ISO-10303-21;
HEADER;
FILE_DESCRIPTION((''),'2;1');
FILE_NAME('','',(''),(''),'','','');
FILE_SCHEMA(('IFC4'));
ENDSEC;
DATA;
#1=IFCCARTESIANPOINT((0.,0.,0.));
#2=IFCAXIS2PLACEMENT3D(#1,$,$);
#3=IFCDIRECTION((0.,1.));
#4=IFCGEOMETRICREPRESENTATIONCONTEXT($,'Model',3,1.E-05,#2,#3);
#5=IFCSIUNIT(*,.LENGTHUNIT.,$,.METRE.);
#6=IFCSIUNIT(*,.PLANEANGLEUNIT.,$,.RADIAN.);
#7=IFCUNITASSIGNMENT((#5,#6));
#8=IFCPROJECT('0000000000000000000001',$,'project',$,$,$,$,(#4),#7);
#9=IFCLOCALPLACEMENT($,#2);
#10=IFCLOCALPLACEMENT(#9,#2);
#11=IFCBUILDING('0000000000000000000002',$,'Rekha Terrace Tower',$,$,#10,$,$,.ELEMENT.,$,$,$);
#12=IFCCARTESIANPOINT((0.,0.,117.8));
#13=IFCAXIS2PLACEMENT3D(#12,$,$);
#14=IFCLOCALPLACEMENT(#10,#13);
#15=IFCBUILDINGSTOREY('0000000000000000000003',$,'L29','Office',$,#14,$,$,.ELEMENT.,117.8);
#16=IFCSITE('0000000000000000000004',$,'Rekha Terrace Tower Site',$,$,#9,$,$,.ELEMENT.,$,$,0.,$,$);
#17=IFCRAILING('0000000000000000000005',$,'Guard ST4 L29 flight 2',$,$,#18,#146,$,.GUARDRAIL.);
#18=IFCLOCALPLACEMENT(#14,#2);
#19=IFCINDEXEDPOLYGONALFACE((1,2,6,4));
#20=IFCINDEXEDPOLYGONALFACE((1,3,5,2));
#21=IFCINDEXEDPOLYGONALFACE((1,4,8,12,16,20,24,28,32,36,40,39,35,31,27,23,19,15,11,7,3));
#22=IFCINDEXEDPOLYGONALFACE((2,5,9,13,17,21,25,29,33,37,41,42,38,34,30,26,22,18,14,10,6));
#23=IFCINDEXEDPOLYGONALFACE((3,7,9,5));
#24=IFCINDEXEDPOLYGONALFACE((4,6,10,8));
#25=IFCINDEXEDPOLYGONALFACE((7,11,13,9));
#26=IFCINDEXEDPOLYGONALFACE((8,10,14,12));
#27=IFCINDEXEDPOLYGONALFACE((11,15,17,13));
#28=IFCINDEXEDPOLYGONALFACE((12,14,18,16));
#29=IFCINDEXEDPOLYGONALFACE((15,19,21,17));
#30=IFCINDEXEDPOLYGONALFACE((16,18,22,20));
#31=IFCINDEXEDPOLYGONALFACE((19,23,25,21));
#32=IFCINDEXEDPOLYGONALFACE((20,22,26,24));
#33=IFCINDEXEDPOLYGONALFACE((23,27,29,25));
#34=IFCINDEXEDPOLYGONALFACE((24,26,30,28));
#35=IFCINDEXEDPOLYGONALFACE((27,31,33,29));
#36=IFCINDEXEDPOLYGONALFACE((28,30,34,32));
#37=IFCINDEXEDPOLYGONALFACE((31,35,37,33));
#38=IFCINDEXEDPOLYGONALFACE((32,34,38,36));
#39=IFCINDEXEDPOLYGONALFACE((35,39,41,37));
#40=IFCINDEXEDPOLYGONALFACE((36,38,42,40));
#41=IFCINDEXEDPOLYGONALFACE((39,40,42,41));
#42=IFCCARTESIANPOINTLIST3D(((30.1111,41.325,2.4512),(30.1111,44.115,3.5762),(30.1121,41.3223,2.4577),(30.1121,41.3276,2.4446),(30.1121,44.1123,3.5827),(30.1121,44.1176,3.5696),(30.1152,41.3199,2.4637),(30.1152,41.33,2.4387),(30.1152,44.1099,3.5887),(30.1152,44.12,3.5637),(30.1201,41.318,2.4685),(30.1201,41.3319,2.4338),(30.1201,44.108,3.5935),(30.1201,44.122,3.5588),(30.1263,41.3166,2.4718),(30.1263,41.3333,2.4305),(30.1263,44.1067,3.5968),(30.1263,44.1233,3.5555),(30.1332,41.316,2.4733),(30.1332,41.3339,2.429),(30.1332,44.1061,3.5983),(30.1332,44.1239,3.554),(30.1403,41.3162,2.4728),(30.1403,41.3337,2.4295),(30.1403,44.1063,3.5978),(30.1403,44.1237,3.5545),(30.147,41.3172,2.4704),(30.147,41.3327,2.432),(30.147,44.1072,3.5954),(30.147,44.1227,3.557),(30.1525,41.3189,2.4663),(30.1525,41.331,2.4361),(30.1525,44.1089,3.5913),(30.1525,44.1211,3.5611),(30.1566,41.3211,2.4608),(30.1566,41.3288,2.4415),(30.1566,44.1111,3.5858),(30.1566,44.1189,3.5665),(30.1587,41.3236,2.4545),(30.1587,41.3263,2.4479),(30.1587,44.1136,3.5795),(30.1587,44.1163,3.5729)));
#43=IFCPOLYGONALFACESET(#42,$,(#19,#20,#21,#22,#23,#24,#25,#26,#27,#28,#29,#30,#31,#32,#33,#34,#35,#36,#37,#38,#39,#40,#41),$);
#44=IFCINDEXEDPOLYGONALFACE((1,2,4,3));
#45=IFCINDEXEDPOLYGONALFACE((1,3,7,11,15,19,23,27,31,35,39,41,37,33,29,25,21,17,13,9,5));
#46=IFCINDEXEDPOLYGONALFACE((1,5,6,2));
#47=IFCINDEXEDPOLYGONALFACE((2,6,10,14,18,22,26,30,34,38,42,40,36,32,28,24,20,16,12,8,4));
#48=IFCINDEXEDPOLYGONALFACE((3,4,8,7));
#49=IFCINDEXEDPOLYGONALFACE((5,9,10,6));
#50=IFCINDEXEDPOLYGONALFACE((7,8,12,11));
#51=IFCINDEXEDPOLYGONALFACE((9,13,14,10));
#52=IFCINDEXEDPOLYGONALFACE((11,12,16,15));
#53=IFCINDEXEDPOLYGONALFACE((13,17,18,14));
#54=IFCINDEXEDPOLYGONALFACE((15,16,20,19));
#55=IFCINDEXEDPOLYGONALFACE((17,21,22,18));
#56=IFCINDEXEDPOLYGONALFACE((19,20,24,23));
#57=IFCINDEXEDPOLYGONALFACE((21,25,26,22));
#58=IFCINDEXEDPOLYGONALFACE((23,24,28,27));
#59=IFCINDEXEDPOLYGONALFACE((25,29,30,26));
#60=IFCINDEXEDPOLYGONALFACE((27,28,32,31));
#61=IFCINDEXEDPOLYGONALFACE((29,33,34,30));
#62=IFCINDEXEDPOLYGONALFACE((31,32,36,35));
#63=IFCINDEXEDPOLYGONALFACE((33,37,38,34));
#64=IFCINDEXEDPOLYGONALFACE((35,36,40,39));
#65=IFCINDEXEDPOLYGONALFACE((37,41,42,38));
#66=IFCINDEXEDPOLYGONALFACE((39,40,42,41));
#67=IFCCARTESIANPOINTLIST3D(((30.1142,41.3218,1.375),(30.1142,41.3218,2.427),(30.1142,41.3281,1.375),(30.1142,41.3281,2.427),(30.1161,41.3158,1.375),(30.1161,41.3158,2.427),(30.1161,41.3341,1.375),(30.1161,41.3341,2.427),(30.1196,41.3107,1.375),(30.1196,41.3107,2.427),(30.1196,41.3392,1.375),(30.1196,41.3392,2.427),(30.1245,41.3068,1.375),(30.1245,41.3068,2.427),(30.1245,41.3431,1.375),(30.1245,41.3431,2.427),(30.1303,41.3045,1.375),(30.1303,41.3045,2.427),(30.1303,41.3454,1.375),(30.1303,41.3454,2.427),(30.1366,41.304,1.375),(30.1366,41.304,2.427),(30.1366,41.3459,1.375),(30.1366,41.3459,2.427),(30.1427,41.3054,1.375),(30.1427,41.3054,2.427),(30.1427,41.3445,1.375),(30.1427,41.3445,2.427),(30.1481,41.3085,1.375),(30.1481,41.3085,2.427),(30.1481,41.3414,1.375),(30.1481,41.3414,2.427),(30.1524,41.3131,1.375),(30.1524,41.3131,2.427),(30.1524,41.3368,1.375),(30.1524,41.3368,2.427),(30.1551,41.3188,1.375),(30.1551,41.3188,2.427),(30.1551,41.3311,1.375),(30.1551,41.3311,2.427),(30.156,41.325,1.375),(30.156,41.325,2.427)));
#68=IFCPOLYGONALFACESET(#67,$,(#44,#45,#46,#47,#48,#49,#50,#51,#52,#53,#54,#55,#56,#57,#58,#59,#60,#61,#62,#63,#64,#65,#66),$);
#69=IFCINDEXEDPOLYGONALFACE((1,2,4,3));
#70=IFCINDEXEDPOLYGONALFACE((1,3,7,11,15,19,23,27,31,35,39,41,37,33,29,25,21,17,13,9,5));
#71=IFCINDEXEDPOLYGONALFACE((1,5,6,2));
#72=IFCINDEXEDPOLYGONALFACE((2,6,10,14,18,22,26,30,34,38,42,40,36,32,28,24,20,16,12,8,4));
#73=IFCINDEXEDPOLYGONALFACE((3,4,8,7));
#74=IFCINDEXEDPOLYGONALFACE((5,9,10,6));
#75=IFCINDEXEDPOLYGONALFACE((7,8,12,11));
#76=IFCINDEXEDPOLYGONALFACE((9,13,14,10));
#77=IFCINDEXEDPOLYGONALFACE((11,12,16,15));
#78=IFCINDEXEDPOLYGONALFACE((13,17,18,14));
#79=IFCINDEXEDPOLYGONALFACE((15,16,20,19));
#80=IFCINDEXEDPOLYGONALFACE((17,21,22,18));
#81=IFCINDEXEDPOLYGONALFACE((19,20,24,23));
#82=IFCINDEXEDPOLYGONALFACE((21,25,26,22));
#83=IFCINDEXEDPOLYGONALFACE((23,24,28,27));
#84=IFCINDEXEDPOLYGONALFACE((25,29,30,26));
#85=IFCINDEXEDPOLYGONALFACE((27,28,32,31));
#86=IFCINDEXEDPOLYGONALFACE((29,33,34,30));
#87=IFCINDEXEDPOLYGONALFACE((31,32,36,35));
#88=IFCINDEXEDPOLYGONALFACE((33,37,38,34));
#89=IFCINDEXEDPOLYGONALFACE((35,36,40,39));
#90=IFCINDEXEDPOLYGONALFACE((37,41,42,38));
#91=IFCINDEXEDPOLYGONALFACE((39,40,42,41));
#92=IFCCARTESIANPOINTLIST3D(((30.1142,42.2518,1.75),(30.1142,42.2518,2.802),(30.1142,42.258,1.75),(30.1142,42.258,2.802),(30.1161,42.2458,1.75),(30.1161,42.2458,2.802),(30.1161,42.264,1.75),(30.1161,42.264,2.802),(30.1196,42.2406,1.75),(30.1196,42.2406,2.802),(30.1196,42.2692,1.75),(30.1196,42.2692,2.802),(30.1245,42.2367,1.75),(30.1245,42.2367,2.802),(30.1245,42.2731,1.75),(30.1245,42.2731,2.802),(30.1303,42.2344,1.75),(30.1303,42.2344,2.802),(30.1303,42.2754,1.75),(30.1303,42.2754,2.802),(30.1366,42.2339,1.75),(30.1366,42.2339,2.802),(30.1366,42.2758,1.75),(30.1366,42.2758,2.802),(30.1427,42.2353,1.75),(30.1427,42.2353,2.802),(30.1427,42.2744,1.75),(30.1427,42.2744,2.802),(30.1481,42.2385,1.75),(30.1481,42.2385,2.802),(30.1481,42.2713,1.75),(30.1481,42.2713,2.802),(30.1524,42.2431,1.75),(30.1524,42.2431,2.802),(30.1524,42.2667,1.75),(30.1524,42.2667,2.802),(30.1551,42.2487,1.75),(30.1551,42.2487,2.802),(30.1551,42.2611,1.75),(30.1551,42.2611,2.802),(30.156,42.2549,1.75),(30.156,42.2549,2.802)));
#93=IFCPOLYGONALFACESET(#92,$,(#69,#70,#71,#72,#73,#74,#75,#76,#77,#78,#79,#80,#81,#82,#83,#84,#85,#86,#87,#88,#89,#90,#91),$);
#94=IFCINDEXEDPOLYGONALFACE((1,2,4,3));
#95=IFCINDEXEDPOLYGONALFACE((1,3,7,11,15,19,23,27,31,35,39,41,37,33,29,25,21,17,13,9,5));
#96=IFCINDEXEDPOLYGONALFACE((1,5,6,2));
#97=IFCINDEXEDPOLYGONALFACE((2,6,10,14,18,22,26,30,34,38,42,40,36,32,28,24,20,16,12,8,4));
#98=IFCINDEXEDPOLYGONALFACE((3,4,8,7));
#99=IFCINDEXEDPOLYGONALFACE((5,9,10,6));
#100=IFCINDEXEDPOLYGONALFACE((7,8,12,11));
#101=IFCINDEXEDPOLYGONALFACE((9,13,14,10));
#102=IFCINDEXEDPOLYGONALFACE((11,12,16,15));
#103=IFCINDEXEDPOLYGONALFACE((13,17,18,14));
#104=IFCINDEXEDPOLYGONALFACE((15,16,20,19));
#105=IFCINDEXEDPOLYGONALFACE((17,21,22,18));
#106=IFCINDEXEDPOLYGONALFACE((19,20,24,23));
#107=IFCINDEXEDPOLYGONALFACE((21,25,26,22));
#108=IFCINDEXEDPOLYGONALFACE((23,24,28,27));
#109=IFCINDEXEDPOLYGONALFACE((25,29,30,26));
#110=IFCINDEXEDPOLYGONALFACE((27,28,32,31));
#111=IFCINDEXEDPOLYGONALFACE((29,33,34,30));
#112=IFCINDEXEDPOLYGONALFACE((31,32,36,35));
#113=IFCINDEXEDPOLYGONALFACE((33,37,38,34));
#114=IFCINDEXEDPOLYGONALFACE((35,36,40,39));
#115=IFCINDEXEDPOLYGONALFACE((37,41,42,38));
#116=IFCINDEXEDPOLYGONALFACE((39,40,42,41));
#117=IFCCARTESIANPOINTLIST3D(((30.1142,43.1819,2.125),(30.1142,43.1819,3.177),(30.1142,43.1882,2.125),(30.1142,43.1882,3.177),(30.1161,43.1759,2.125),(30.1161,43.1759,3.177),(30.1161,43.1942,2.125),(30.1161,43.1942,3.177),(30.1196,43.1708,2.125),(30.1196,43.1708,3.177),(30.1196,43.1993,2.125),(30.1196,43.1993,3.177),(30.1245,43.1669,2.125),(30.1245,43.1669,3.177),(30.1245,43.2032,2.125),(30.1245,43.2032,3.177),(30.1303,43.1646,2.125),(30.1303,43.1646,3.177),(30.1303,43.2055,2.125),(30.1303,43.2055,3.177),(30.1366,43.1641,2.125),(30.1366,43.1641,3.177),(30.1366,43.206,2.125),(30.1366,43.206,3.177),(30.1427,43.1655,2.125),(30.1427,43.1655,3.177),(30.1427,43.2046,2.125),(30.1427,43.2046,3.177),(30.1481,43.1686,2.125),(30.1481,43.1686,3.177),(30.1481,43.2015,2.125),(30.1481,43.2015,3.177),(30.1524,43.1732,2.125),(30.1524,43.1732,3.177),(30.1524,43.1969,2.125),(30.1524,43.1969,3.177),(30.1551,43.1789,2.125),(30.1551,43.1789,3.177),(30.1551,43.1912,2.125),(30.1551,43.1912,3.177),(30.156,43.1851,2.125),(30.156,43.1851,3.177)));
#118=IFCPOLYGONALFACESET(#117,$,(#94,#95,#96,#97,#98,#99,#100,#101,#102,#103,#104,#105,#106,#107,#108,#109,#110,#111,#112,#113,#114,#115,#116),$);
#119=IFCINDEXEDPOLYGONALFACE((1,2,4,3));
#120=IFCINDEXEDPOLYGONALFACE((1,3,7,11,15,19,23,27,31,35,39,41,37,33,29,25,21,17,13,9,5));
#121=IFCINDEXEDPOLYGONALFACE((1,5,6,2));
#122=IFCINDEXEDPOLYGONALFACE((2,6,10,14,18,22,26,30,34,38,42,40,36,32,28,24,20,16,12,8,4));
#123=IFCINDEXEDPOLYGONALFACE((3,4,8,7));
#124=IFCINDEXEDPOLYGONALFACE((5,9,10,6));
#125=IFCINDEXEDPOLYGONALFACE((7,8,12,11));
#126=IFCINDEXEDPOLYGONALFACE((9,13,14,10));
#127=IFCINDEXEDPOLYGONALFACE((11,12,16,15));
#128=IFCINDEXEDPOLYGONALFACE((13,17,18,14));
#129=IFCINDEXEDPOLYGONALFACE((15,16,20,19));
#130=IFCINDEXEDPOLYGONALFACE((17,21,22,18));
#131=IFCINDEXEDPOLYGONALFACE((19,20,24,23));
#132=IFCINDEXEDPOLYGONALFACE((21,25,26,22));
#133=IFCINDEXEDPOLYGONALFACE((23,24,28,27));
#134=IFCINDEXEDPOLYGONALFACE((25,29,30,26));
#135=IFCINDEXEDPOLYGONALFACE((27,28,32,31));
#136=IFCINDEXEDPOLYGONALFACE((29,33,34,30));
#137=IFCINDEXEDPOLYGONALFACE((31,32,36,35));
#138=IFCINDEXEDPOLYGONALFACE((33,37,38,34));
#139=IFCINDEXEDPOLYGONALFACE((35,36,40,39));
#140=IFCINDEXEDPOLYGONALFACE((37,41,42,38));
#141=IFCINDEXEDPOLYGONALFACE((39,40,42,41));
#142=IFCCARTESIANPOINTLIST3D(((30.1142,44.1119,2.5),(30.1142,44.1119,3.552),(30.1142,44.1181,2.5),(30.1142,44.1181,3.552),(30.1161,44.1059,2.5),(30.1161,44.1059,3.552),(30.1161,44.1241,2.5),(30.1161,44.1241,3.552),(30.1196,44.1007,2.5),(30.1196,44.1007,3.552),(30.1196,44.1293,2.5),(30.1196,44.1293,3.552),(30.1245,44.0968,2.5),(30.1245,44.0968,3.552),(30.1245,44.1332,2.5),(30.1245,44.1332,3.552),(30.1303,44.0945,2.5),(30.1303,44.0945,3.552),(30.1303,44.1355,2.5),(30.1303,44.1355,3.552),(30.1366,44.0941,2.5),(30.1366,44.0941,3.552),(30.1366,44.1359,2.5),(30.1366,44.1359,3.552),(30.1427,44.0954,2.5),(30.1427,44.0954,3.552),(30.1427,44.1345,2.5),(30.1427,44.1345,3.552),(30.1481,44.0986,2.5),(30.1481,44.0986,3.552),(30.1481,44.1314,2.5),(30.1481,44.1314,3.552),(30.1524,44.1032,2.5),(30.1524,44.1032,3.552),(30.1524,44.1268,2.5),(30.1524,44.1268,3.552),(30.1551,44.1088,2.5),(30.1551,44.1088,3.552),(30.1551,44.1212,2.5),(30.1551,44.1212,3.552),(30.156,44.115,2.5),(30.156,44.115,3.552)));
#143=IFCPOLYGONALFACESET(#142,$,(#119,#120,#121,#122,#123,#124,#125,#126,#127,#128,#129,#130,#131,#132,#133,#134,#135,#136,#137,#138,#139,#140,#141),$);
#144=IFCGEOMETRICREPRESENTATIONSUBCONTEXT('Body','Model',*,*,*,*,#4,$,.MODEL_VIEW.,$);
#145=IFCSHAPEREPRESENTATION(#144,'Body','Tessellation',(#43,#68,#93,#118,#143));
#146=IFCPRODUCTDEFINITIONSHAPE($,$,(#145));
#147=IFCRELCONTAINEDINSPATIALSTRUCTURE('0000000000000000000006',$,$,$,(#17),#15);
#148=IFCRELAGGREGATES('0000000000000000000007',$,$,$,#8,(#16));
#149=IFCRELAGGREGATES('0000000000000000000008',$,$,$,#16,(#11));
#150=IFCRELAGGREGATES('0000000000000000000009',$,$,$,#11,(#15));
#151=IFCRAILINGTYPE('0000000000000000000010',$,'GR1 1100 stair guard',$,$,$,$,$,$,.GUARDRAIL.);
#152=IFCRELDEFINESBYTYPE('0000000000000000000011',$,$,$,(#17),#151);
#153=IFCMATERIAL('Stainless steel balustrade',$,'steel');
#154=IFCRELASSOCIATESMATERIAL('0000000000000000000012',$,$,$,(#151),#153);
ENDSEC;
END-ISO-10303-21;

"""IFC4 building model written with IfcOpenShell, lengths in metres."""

from ifc_helpers import new_model, si_unit, direction, frame, origin, origin_2d, place, context, subcontext, project, spatial, circle, extrude, material, type_object, element, save


model = new_model("IFC4")

# Units and contexts
model_context = context("Model", 3, precision=1e-05, world=origin(), true_north=direction((0.0, 1.0)))
body_context = subcontext(model_context, "Body", "Model", "MODEL_VIEW")
ifc_project = project(units=[si_unit("LENGTHUNIT", "METRE"), si_unit("PLANEANGLEUNIT", "RADIAN")], contexts=[model_context])

# Site, building, storey
site_placement = place(None, origin())
site = spatial("IfcSite", under=ifc_project, at=site_placement, Name="Rekha Terrace Tower Site", CompositionType="ELEMENT", RefElevation=0.0)
building_placement = place(site_placement, origin())
building = spatial("IfcBuilding", under=site, at=building_placement, Name="Rekha Terrace Tower", CompositionType="ELEMENT")
storey_placement = place(building_placement, frame((0.0, 0.0, 117.8)))
storey = spatial("IfcBuildingStorey", under=building, at=storey_placement, Name="L29", Description="Office", CompositionType="ELEMENT", Elevation=117.8)

# Railing
ifc_material_1 = material(Name="Stainless steel balustrade", Category="steel")
railing_type_1 = type_object("IfcRailingType", Name="GR1 1100 stair guard", PredefinedType="GUARDRAIL", material=ifc_material_1)
railing_1_placement = place(storey_placement, frame((30.135, 41.325, 1.375)))
element("IfcRailing", 1, at=railing_1_placement, inside=storey, type_object=railing_type_1, Name="Guard ST4 L29 flight 2", PredefinedType="GUARDRAIL", context=body_context, shape_type="SweptSolid", body=[
    extrude(circle(Radius=0.0239, at=origin_2d()), frame((0.0, 0.0, 1.0762), z_axis=(0.0, 0.927443, 0.373964), x_axis=(-1.0, 0.0, 0.0)), (0.0, 0.0, 1.0), 3.0083),
    extrude(circle(Radius=0.021, at=origin_2d()), origin(), (0.0, 0.0, 1.0), 1.052),
    extrude(circle(Radius=0.021, at=origin_2d()), frame((0.0, 0.9299, 0.375)), (0.0, 0.0, 1.0), 1.052),
    extrude(circle(Radius=0.021, at=origin_2d()), frame((0.0, 1.8601, 0.75)), (0.0, 0.0, 1.0), 1.052),
    extrude(circle(Radius=0.021, at=origin_2d()), frame((0.0, 2.79, 1.125)), (0.0, 0.0, 1.0), 1.052),
])

save(model, "model.ifc")
